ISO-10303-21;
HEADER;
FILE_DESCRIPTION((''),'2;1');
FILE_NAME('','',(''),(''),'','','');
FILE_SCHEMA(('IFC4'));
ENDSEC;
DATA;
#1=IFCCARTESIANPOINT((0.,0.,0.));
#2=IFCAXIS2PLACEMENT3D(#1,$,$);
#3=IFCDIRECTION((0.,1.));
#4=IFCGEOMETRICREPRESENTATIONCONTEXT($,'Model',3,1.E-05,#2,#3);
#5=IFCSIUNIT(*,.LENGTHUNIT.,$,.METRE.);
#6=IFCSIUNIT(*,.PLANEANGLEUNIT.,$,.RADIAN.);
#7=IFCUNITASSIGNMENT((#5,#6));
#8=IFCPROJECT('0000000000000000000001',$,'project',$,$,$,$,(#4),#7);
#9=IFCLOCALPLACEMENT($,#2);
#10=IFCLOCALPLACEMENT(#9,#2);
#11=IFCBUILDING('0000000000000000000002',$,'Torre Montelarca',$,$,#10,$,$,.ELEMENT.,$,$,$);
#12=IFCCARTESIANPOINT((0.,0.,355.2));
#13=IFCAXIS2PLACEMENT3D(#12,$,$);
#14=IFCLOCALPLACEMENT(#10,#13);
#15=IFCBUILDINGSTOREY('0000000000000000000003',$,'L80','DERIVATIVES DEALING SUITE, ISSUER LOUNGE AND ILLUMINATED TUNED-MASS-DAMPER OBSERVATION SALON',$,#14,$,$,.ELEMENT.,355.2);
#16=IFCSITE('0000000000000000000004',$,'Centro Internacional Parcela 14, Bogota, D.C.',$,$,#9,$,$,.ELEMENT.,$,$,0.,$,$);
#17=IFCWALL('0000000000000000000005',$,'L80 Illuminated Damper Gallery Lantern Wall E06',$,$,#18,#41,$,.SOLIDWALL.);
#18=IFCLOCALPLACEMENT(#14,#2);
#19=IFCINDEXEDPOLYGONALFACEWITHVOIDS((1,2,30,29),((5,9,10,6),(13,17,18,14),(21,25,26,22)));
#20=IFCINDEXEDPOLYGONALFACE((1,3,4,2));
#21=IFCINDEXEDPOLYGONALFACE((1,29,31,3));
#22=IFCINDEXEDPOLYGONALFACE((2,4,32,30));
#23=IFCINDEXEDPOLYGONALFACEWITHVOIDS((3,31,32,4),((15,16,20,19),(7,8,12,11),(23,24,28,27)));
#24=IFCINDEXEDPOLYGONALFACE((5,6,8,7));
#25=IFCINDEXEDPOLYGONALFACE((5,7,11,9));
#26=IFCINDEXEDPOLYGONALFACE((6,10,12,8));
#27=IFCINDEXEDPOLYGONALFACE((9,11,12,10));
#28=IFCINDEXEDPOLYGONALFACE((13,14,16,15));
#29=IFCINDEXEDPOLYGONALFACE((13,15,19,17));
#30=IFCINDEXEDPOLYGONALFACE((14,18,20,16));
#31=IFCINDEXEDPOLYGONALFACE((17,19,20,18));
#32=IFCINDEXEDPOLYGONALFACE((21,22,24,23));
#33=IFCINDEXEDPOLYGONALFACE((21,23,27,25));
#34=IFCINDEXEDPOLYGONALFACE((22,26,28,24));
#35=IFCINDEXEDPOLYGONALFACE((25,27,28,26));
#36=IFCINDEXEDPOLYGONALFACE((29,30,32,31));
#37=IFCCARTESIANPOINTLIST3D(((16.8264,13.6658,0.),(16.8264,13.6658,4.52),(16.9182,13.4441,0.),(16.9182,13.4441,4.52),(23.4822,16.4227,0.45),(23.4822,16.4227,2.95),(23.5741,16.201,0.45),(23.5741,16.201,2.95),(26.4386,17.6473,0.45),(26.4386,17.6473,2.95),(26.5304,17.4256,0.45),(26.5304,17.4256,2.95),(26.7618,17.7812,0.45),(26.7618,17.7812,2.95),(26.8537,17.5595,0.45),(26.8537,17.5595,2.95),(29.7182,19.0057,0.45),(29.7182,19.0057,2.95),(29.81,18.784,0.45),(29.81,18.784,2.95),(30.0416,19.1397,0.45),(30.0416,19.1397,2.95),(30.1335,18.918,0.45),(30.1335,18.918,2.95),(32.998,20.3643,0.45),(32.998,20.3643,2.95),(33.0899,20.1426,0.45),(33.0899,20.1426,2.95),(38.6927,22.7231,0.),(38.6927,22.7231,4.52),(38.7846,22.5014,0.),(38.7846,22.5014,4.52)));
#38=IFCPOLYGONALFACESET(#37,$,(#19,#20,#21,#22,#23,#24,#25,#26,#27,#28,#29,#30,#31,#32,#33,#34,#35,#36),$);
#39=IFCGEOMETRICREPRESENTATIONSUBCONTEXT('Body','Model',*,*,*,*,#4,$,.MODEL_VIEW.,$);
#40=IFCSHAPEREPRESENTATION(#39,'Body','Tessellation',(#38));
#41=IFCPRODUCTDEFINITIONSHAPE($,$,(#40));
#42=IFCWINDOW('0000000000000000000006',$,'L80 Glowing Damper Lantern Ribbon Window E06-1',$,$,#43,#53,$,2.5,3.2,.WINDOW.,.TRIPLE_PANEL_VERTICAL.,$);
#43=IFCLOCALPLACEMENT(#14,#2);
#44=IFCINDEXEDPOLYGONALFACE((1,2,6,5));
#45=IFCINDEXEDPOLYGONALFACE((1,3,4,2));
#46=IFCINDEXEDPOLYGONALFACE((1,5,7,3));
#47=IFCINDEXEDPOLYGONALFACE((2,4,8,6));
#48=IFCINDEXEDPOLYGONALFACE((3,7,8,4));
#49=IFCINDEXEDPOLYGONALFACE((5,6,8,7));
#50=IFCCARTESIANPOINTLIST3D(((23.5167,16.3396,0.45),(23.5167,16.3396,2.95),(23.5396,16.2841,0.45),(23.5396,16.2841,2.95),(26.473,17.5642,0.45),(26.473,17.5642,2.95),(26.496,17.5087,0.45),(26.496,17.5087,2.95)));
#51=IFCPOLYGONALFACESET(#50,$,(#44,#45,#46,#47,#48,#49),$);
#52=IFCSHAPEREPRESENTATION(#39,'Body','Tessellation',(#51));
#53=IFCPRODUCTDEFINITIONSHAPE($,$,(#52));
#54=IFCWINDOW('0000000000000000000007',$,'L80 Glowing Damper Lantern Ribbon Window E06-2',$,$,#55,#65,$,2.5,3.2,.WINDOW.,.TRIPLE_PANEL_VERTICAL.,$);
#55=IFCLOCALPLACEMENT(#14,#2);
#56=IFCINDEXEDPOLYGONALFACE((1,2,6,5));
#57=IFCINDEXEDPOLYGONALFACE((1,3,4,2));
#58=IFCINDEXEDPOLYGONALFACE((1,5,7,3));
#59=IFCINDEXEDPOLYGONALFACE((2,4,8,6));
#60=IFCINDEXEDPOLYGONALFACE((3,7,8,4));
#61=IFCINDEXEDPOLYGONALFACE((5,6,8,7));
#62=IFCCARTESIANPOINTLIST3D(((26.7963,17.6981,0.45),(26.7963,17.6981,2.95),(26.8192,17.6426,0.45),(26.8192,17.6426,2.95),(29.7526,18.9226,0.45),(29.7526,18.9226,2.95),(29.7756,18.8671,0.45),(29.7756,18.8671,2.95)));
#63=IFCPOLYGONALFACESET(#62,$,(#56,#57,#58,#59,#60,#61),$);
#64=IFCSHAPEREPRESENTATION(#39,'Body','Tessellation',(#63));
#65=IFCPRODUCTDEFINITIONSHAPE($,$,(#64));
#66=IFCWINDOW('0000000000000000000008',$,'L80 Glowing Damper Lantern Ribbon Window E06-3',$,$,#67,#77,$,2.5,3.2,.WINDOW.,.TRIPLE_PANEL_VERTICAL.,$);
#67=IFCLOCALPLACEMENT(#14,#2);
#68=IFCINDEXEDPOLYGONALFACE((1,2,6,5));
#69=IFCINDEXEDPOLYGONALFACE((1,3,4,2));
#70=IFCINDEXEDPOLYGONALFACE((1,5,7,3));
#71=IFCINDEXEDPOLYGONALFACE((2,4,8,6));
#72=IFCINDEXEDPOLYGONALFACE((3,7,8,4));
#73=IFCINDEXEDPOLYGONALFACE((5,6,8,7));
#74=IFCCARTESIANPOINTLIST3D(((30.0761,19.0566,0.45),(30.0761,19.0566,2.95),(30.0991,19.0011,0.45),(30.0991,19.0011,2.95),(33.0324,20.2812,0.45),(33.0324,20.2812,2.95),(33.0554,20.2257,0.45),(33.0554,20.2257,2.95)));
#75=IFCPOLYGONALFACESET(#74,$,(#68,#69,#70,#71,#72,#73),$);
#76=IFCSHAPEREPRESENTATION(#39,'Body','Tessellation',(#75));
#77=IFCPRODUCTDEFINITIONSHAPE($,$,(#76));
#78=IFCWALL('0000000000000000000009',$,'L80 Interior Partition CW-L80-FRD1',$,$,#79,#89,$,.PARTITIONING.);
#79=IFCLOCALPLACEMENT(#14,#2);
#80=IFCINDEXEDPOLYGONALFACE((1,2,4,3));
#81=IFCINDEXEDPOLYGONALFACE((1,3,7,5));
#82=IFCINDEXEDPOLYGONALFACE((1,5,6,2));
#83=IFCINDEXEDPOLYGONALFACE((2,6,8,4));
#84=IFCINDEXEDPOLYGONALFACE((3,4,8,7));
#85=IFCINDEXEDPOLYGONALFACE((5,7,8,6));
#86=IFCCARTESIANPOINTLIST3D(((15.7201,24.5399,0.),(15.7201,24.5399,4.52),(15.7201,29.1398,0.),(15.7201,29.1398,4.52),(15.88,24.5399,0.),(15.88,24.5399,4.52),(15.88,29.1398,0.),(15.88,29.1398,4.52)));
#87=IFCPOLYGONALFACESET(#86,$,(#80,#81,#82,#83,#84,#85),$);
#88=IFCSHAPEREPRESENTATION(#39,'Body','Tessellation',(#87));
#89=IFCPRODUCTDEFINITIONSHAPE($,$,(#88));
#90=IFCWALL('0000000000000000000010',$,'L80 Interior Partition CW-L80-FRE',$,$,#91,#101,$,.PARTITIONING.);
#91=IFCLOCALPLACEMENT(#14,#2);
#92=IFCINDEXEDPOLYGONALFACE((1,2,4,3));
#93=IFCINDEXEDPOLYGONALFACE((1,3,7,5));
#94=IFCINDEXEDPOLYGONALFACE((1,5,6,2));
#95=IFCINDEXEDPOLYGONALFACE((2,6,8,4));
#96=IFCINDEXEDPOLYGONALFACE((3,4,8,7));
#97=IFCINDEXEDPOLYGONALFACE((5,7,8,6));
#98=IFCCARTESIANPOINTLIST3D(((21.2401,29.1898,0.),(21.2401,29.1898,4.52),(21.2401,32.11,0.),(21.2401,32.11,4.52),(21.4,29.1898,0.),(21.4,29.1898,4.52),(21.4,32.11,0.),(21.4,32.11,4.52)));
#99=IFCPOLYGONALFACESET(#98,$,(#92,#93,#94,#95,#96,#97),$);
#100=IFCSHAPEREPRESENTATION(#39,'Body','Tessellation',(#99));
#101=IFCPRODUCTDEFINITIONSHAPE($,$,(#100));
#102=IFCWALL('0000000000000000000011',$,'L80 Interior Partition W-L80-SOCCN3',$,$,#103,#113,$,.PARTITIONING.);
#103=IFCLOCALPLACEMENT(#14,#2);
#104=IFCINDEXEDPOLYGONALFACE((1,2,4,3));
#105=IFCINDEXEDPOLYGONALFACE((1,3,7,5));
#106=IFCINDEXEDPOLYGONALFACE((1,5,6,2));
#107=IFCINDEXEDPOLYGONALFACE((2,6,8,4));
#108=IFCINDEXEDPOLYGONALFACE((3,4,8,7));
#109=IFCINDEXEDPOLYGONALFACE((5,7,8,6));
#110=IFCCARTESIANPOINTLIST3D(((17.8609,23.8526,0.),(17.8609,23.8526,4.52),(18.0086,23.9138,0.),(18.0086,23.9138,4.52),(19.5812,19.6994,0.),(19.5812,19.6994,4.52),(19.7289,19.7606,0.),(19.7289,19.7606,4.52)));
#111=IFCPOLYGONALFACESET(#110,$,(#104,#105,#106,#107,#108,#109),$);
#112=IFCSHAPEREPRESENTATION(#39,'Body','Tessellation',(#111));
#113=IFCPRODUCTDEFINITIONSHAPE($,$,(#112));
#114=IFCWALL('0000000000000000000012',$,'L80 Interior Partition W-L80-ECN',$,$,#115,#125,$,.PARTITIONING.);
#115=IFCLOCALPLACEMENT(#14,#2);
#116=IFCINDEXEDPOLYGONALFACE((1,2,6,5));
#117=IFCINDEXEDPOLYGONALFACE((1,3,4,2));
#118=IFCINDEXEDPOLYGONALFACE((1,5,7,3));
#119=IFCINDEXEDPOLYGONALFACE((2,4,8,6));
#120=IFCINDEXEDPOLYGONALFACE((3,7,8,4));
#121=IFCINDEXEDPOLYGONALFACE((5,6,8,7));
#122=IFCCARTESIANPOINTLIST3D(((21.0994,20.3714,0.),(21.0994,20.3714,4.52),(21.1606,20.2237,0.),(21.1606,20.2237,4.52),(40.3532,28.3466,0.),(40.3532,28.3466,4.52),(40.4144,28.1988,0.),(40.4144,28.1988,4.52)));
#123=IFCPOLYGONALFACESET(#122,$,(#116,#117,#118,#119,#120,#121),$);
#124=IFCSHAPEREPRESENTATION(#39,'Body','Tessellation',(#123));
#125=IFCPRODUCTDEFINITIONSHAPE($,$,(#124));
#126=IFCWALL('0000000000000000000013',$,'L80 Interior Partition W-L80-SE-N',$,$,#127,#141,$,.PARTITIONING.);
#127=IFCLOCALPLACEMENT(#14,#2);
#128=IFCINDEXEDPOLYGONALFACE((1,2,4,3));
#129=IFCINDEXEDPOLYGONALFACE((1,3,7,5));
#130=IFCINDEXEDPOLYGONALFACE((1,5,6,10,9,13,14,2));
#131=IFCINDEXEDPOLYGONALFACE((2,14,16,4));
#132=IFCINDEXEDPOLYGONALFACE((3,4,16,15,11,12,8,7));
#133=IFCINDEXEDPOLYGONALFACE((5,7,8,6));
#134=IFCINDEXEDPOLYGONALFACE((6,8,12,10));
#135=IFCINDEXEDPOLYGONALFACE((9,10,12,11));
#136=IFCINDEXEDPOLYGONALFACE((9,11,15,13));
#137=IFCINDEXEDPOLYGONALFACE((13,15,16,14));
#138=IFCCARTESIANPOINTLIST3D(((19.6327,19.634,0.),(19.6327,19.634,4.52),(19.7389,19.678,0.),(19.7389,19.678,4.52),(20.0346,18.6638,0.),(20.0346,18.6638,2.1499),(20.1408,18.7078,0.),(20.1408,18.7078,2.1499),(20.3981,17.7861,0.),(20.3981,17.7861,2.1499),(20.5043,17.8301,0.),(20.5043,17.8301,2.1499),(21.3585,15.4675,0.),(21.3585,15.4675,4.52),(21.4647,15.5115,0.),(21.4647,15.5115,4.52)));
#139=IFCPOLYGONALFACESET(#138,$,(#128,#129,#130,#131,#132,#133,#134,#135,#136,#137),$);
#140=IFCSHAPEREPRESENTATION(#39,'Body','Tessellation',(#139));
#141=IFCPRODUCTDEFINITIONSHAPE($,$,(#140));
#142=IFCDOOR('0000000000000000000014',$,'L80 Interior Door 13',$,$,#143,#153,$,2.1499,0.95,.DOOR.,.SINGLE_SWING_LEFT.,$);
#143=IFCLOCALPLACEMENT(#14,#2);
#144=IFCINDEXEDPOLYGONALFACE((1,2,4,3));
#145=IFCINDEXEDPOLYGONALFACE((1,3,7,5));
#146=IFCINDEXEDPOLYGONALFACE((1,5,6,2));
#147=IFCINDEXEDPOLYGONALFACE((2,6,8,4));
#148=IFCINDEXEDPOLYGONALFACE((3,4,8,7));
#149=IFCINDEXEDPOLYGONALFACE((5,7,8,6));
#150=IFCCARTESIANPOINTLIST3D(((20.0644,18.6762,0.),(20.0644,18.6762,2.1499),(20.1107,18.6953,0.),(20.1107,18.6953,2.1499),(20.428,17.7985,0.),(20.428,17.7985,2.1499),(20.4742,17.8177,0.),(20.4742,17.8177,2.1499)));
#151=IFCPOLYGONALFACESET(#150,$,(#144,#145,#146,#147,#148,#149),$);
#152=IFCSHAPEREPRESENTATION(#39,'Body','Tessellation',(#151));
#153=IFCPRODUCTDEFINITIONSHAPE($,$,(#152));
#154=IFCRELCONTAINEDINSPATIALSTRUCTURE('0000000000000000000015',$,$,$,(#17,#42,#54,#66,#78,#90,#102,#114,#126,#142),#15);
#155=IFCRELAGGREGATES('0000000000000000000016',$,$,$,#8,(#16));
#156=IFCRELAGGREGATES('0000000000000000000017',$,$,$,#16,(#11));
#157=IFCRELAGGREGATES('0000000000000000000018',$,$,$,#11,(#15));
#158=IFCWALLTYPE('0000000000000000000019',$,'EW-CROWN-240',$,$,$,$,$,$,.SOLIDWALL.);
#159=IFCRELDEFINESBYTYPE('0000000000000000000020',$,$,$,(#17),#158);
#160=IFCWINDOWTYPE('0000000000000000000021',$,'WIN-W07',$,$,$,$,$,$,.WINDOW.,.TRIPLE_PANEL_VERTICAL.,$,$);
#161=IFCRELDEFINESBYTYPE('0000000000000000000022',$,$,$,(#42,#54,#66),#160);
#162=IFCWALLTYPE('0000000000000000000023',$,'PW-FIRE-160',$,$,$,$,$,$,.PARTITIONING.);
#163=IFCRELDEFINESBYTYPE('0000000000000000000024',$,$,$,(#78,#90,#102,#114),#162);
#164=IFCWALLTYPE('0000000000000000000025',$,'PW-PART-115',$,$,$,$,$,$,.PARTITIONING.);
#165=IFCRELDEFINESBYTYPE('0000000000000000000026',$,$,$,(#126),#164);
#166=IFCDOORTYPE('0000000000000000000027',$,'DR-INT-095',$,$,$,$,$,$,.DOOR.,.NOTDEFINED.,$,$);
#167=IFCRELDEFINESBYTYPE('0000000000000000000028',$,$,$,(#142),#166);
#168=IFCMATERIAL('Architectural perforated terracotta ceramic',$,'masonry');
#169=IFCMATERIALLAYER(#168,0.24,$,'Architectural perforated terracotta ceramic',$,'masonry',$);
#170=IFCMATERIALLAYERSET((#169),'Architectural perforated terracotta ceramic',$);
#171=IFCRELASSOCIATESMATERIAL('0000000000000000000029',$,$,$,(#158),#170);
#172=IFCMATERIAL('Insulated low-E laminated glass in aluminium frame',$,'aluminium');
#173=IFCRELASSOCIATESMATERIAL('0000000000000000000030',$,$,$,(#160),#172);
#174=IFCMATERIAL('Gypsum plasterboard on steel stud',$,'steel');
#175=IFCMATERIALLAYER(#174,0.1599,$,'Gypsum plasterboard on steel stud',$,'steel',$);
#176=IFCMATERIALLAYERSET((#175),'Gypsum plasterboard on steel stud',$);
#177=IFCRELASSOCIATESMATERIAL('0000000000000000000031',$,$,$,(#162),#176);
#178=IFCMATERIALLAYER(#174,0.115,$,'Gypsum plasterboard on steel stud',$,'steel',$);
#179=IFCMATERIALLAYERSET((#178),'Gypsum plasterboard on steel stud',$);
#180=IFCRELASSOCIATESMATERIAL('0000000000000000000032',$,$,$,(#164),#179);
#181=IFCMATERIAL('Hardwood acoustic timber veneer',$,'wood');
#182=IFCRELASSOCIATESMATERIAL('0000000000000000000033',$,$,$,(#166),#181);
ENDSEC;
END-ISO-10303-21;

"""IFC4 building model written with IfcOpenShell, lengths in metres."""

from ifc_helpers import new_model, si_unit, direction, frame, frame_2d, origin, place, context, subcontext, project, spatial, rectangle, extrude, source, transform, mapped, material, layer, layer_set, type_object, element, fill, save


model = new_model("IFC4")

# Units and contexts
model_context = context("Model", 3, precision=1e-05, world=origin(), true_north=direction((0.0, 1.0)))
body_context = subcontext(model_context, "Body", "Model", "MODEL_VIEW")
ifc_project = project(units=[si_unit("LENGTHUNIT", "METRE"), si_unit("PLANEANGLEUNIT", "RADIAN")], contexts=[model_context])

# Site, building, storey
site_placement = place(None, origin())
site = spatial("IfcSite", under=ifc_project, at=site_placement, Name="Centro Internacional Parcela 14, Bogota, D.C.", CompositionType="ELEMENT", RefElevation=0.0)
building_placement = place(site_placement, origin())
building = spatial("IfcBuilding", under=site, at=building_placement, Name="Torre Montelarca", CompositionType="ELEMENT")
storey_placement = place(building_placement, frame((0.0, 0.0, 355.2)))
storey = spatial("IfcBuildingStorey", under=building, at=storey_placement, Name="L80", Description="DERIVATIVES DEALING SUITE, ISSUER LOUNGE AND ILLUMINATED TUNED-MASS-DAMPER OBSERVATION SALON", CompositionType="ELEMENT", Elevation=355.2)

# Wall, openings, windows
ifc_material_1 = material(Name="Architectural perforated terracotta ceramic", Category="masonry")
ifc_layer_1 = layer(ifc_material_1, 0.24, Name="Architectural perforated terracotta ceramic", Category="masonry")
ifc_layer_set_1 = layer_set([ifc_layer_1], Name="Architectural perforated terracotta ceramic")
wall_type_1 = type_object("IfcWallType", Name="EW-CROWN-240", PredefinedType="SOLIDWALL", material=ifc_layer_set_1)
wall_1_placement = place(storey_placement, frame((16.8723, 13.5549, 0.0), z_axis=(0.0, 0.0, 1.0), x_axis=(0.92388, 0.382683, 0.0)))
wall_1 = element("IfcWall", 1, at=wall_1_placement, inside=storey, type_object=wall_type_1, Name="L80 Illuminated Damper Gallery Lantern Wall E06", PredefinedType="SOLIDWALL", context=body_context, shape_type="SweptSolid", body=[
    extrude(rectangle(XDim=23.668, YDim=0.24, at=frame_2d((11.834, 0.0))), origin(), (0.0, 0.0, 1.0), 4.52),
])
opening_1_placement = place(wall_1_placement, frame((7.2041, 0.0, 0.45)))
opening_1 = element("IfcOpeningElement", 2, at=opening_1_placement, cuts=wall_1, PredefinedType="OPENING", context=body_context, shape_type="SweptSolid", body=[
    extrude(rectangle(XDim=3.2, YDim=2.5, at=frame_2d((1.6001, 1.25))), frame((0.0, 0.1299, 0.0), z_axis=(0.0, -1.0, 0.0), x_axis=(1.0, 0.0, 0.0)), (0.0, 0.0, 1.0), 0.26),
])
opening_2_placement = place(wall_1_placement, frame((10.7539, 0.0, 0.45)))
opening_2 = element("IfcOpeningElement", 3, at=opening_2_placement, cuts=wall_1, PredefinedType="OPENING", context=body_context, shape_type="SweptSolid", body=[
    extrude(rectangle(XDim=3.2, YDim=2.5, at=frame_2d((1.6001, 1.25))), frame((0.0, 0.1299, 0.0), z_axis=(0.0, -1.0, 0.0), x_axis=(1.0, 0.0, 0.0)), (0.0, 0.0, 1.0), 0.26),
])
opening_3_placement = place(wall_1_placement, frame((14.304, 0.0, 0.45)))
opening_3 = element("IfcOpeningElement", 4, at=opening_3_placement, cuts=wall_1, PredefinedType="OPENING", context=body_context, shape_type="SweptSolid", body=[
    extrude(rectangle(XDim=3.2, YDim=2.5, at=frame_2d((1.6001, 1.25))), frame((0.0, 0.1299, 0.0), z_axis=(0.0, -1.0, 0.0), x_axis=(1.0, 0.0, 0.0)), (0.0, 0.0, 1.0), 0.26),
])
ifc_material_2 = material(Name="Insulated low-E laminated glass in aluminium frame", Category="aluminium")
window_type = type_object("IfcWindowType", Name="WIN-W07", PartitioningType="TRIPLE_PANEL_VERTICAL", PredefinedType="WINDOW", material=ifc_material_2)
shared_shape_1 = source(origin(), body_context, "Body", "SweptSolid", [
    extrude(rectangle(XDim=3.2, YDim=2.5, at=frame_2d((1.6001, 1.25))), frame((0.0, 0.03, 0.0), z_axis=(0.0, -1.0, 0.0), x_axis=(1.0, 0.0, 0.0)), (0.0, 0.0, 1.0), 0.0601),
])
window_1_placement = place(opening_1_placement, origin())
window_1 = element("IfcWindow", 5, at=window_1_placement, inside=storey, type_object=window_type, Name="L80 Glowing Damper Lantern Ribbon Window E06-1", OverallHeight=2.5, OverallWidth=3.2, PartitioningType="TRIPLE_PANEL_VERTICAL", PredefinedType="WINDOW", context=body_context, shape_type="MappedRepresentation", body=[
    mapped(shared_shape_1, transform((0.0, 0.0, 0.0), scale=1.0)),
])
fill(opening_1, window_1)
window_2_placement = place(opening_2_placement, origin())
window_2 = element("IfcWindow", 6, at=window_2_placement, inside=storey, type_object=window_type, Name="L80 Glowing Damper Lantern Ribbon Window E06-2", OverallHeight=2.5, OverallWidth=3.2, PartitioningType="TRIPLE_PANEL_VERTICAL", PredefinedType="WINDOW", context=body_context, shape_type="MappedRepresentation", body=[
    mapped(shared_shape_1, transform((0.0, 0.0, 0.0), scale=1.0)),
])
fill(opening_2, window_2)
window_3_placement = place(opening_3_placement, origin())
window_3 = element("IfcWindow", 7, at=window_3_placement, inside=storey, type_object=window_type, Name="L80 Glowing Damper Lantern Ribbon Window E06-3", OverallHeight=2.5, OverallWidth=3.2, PartitioningType="TRIPLE_PANEL_VERTICAL", PredefinedType="WINDOW", context=body_context, shape_type="MappedRepresentation", body=[
    mapped(shared_shape_1, transform((0.0, 0.0, 0.0), scale=1.0)),
])
fill(opening_3, window_3)

# Walls
ifc_material_3 = material(Name="Gypsum plasterboard on steel stud", Category="steel")
ifc_layer_2 = layer(ifc_material_3, 0.1599, Name="Gypsum plasterboard on steel stud", Category="steel")
ifc_layer_set_2 = layer_set([ifc_layer_2], Name="Gypsum plasterboard on steel stud")
wall_type_2 = type_object("IfcWallType", Name="PW-FIRE-160", PredefinedType="PARTITIONING", material=ifc_layer_set_2)
wall_2_placement = place(storey_placement, frame((15.8, 24.54, 0.0), z_axis=(0.0, 0.0, 1.0), x_axis=(0.0, 1.0, 0.0)))
element("IfcWall", 8, at=wall_2_placement, inside=storey, type_object=wall_type_2, Name="L80 Interior Partition CW-L80-FRD1", PredefinedType="PARTITIONING", context=body_context, shape_type="SweptSolid", body=[
    extrude(rectangle(XDim=4.5999, YDim=0.1599, at=frame_2d((2.2998, 0.0))), origin(), (0.0, 0.0, 1.0), 4.52),
])
wall_3_placement = place(storey_placement, frame((21.3201, 29.1899, 0.0), z_axis=(0.0, 0.0, 1.0), x_axis=(0.0, 1.0, 0.0)))
element("IfcWall", 9, at=wall_3_placement, inside=storey, type_object=wall_type_2, Name="L80 Interior Partition CW-L80-FRE", PredefinedType="PARTITIONING", context=body_context, shape_type="SweptSolid", body=[
    extrude(rectangle(XDim=2.9202, YDim=0.1599, at=frame_2d((1.46, 0.0))), origin(), (0.0, 0.0, 1.0), 4.52),
])
wall_4_placement = place(storey_placement, frame((17.9348, 23.8831, 0.0), z_axis=(0.0, 0.0, 1.0), x_axis=(0.382675, -0.923883, 0.0)))
element("IfcWall", 10, at=wall_4_placement, inside=storey, type_object=wall_type_2, Name="L80 Interior Partition W-L80-SOCCN3", PredefinedType="PARTITIONING", context=body_context, shape_type="SweptSolid", body=[
    extrude(rectangle(XDim=4.4954, YDim=0.1599, at=frame_2d((2.2476, 0.0))), origin(), (0.0, 0.0, 1.0), 4.52),
])
wall_5_placement = place(storey_placement, frame((21.1301, 20.2976, 0.0), z_axis=(0.0, 0.0, 1.0), x_axis=(0.92388, 0.382682, 0.0)))
element("IfcWall", 11, at=wall_5_placement, inside=storey, type_object=wall_type_2, Name="L80 Interior Partition W-L80-ECN", PredefinedType="PARTITIONING", context=body_context, shape_type="SweptSolid", body=[
    extrude(rectangle(XDim=20.8401, YDim=0.1599, at=frame_2d((10.4199, 0.0))), origin(), (0.0, 0.0, 1.0), 4.52),
])

# Wall, opening, door
ifc_layer_3 = layer(ifc_material_3, 0.115, Name="Gypsum plasterboard on steel stud", Category="steel")
ifc_layer_set_3 = layer_set([ifc_layer_3], Name="Gypsum plasterboard on steel stud")
wall_type_3 = type_object("IfcWallType", Name="PW-PART-115", PredefinedType="PARTITIONING", material=ifc_layer_set_3)
wall_6_placement = place(storey_placement, frame((19.6858, 19.656, 0.0), z_axis=(0.0, 0.0, 1.0), x_axis=(0.382685, -0.923879, 0.0)))
wall_6 = element("IfcWall", 12, at=wall_6_placement, inside=storey, type_object=wall_type_3, Name="L80 Interior Partition W-L80-SE-N", PredefinedType="PARTITIONING", context=body_context, shape_type="SweptSolid", body=[
    extrude(rectangle(XDim=4.5098, YDim=0.115, at=frame_2d((2.2549, 0.0))), origin(), (0.0, 0.0, 1.0), 4.52),
])
opening_4_placement = place(wall_6_placement, frame((1.05, 0.0, 0.0)))
opening_4 = element("IfcOpeningElement", 13, at=opening_4_placement, cuts=wall_6, PredefinedType="OPENING", context=body_context, shape_type="SweptSolid", body=[
    extrude(rectangle(XDim=0.95, YDim=2.1499, at=frame_2d((0.4751, 1.075))), frame((0.0, 0.0674, 0.0), z_axis=(0.0, -1.0, 0.0), x_axis=(1.0, 0.0, 0.0)), (0.0, 0.0, 1.0), 0.135),
])
ifc_material_4 = material(Name="Hardwood acoustic timber veneer", Category="wood")
door_type = type_object("IfcDoorType", Name="DR-INT-095", OperationType="NOTDEFINED", PredefinedType="DOOR", material=ifc_material_4)
shared_shape_2 = source(origin(), body_context, "Body", "SweptSolid", [
    extrude(rectangle(XDim=0.95, YDim=2.1499, at=frame_2d((0.4751, 1.075))), frame((0.0, 0.0249, 0.0), z_axis=(0.0, -1.0, 0.0), x_axis=(1.0, 0.0, 0.0)), (0.0, 0.0, 1.0), 0.05),
])
door_1_placement = place(opening_4_placement, origin())
door_1 = element("IfcDoor", 14, at=door_1_placement, inside=storey, type_object=door_type, Name="L80 Interior Door 13", OperationType="SINGLE_SWING_LEFT", OverallHeight=2.1499, OverallWidth=0.95, PredefinedType="DOOR", context=body_context, shape_type="MappedRepresentation", body=[
    mapped(shared_shape_2, transform((0.0, 0.0, 0.0), scale=1.0)),
])
fill(opening_4, door_1)

save(model, "model.ifc")
